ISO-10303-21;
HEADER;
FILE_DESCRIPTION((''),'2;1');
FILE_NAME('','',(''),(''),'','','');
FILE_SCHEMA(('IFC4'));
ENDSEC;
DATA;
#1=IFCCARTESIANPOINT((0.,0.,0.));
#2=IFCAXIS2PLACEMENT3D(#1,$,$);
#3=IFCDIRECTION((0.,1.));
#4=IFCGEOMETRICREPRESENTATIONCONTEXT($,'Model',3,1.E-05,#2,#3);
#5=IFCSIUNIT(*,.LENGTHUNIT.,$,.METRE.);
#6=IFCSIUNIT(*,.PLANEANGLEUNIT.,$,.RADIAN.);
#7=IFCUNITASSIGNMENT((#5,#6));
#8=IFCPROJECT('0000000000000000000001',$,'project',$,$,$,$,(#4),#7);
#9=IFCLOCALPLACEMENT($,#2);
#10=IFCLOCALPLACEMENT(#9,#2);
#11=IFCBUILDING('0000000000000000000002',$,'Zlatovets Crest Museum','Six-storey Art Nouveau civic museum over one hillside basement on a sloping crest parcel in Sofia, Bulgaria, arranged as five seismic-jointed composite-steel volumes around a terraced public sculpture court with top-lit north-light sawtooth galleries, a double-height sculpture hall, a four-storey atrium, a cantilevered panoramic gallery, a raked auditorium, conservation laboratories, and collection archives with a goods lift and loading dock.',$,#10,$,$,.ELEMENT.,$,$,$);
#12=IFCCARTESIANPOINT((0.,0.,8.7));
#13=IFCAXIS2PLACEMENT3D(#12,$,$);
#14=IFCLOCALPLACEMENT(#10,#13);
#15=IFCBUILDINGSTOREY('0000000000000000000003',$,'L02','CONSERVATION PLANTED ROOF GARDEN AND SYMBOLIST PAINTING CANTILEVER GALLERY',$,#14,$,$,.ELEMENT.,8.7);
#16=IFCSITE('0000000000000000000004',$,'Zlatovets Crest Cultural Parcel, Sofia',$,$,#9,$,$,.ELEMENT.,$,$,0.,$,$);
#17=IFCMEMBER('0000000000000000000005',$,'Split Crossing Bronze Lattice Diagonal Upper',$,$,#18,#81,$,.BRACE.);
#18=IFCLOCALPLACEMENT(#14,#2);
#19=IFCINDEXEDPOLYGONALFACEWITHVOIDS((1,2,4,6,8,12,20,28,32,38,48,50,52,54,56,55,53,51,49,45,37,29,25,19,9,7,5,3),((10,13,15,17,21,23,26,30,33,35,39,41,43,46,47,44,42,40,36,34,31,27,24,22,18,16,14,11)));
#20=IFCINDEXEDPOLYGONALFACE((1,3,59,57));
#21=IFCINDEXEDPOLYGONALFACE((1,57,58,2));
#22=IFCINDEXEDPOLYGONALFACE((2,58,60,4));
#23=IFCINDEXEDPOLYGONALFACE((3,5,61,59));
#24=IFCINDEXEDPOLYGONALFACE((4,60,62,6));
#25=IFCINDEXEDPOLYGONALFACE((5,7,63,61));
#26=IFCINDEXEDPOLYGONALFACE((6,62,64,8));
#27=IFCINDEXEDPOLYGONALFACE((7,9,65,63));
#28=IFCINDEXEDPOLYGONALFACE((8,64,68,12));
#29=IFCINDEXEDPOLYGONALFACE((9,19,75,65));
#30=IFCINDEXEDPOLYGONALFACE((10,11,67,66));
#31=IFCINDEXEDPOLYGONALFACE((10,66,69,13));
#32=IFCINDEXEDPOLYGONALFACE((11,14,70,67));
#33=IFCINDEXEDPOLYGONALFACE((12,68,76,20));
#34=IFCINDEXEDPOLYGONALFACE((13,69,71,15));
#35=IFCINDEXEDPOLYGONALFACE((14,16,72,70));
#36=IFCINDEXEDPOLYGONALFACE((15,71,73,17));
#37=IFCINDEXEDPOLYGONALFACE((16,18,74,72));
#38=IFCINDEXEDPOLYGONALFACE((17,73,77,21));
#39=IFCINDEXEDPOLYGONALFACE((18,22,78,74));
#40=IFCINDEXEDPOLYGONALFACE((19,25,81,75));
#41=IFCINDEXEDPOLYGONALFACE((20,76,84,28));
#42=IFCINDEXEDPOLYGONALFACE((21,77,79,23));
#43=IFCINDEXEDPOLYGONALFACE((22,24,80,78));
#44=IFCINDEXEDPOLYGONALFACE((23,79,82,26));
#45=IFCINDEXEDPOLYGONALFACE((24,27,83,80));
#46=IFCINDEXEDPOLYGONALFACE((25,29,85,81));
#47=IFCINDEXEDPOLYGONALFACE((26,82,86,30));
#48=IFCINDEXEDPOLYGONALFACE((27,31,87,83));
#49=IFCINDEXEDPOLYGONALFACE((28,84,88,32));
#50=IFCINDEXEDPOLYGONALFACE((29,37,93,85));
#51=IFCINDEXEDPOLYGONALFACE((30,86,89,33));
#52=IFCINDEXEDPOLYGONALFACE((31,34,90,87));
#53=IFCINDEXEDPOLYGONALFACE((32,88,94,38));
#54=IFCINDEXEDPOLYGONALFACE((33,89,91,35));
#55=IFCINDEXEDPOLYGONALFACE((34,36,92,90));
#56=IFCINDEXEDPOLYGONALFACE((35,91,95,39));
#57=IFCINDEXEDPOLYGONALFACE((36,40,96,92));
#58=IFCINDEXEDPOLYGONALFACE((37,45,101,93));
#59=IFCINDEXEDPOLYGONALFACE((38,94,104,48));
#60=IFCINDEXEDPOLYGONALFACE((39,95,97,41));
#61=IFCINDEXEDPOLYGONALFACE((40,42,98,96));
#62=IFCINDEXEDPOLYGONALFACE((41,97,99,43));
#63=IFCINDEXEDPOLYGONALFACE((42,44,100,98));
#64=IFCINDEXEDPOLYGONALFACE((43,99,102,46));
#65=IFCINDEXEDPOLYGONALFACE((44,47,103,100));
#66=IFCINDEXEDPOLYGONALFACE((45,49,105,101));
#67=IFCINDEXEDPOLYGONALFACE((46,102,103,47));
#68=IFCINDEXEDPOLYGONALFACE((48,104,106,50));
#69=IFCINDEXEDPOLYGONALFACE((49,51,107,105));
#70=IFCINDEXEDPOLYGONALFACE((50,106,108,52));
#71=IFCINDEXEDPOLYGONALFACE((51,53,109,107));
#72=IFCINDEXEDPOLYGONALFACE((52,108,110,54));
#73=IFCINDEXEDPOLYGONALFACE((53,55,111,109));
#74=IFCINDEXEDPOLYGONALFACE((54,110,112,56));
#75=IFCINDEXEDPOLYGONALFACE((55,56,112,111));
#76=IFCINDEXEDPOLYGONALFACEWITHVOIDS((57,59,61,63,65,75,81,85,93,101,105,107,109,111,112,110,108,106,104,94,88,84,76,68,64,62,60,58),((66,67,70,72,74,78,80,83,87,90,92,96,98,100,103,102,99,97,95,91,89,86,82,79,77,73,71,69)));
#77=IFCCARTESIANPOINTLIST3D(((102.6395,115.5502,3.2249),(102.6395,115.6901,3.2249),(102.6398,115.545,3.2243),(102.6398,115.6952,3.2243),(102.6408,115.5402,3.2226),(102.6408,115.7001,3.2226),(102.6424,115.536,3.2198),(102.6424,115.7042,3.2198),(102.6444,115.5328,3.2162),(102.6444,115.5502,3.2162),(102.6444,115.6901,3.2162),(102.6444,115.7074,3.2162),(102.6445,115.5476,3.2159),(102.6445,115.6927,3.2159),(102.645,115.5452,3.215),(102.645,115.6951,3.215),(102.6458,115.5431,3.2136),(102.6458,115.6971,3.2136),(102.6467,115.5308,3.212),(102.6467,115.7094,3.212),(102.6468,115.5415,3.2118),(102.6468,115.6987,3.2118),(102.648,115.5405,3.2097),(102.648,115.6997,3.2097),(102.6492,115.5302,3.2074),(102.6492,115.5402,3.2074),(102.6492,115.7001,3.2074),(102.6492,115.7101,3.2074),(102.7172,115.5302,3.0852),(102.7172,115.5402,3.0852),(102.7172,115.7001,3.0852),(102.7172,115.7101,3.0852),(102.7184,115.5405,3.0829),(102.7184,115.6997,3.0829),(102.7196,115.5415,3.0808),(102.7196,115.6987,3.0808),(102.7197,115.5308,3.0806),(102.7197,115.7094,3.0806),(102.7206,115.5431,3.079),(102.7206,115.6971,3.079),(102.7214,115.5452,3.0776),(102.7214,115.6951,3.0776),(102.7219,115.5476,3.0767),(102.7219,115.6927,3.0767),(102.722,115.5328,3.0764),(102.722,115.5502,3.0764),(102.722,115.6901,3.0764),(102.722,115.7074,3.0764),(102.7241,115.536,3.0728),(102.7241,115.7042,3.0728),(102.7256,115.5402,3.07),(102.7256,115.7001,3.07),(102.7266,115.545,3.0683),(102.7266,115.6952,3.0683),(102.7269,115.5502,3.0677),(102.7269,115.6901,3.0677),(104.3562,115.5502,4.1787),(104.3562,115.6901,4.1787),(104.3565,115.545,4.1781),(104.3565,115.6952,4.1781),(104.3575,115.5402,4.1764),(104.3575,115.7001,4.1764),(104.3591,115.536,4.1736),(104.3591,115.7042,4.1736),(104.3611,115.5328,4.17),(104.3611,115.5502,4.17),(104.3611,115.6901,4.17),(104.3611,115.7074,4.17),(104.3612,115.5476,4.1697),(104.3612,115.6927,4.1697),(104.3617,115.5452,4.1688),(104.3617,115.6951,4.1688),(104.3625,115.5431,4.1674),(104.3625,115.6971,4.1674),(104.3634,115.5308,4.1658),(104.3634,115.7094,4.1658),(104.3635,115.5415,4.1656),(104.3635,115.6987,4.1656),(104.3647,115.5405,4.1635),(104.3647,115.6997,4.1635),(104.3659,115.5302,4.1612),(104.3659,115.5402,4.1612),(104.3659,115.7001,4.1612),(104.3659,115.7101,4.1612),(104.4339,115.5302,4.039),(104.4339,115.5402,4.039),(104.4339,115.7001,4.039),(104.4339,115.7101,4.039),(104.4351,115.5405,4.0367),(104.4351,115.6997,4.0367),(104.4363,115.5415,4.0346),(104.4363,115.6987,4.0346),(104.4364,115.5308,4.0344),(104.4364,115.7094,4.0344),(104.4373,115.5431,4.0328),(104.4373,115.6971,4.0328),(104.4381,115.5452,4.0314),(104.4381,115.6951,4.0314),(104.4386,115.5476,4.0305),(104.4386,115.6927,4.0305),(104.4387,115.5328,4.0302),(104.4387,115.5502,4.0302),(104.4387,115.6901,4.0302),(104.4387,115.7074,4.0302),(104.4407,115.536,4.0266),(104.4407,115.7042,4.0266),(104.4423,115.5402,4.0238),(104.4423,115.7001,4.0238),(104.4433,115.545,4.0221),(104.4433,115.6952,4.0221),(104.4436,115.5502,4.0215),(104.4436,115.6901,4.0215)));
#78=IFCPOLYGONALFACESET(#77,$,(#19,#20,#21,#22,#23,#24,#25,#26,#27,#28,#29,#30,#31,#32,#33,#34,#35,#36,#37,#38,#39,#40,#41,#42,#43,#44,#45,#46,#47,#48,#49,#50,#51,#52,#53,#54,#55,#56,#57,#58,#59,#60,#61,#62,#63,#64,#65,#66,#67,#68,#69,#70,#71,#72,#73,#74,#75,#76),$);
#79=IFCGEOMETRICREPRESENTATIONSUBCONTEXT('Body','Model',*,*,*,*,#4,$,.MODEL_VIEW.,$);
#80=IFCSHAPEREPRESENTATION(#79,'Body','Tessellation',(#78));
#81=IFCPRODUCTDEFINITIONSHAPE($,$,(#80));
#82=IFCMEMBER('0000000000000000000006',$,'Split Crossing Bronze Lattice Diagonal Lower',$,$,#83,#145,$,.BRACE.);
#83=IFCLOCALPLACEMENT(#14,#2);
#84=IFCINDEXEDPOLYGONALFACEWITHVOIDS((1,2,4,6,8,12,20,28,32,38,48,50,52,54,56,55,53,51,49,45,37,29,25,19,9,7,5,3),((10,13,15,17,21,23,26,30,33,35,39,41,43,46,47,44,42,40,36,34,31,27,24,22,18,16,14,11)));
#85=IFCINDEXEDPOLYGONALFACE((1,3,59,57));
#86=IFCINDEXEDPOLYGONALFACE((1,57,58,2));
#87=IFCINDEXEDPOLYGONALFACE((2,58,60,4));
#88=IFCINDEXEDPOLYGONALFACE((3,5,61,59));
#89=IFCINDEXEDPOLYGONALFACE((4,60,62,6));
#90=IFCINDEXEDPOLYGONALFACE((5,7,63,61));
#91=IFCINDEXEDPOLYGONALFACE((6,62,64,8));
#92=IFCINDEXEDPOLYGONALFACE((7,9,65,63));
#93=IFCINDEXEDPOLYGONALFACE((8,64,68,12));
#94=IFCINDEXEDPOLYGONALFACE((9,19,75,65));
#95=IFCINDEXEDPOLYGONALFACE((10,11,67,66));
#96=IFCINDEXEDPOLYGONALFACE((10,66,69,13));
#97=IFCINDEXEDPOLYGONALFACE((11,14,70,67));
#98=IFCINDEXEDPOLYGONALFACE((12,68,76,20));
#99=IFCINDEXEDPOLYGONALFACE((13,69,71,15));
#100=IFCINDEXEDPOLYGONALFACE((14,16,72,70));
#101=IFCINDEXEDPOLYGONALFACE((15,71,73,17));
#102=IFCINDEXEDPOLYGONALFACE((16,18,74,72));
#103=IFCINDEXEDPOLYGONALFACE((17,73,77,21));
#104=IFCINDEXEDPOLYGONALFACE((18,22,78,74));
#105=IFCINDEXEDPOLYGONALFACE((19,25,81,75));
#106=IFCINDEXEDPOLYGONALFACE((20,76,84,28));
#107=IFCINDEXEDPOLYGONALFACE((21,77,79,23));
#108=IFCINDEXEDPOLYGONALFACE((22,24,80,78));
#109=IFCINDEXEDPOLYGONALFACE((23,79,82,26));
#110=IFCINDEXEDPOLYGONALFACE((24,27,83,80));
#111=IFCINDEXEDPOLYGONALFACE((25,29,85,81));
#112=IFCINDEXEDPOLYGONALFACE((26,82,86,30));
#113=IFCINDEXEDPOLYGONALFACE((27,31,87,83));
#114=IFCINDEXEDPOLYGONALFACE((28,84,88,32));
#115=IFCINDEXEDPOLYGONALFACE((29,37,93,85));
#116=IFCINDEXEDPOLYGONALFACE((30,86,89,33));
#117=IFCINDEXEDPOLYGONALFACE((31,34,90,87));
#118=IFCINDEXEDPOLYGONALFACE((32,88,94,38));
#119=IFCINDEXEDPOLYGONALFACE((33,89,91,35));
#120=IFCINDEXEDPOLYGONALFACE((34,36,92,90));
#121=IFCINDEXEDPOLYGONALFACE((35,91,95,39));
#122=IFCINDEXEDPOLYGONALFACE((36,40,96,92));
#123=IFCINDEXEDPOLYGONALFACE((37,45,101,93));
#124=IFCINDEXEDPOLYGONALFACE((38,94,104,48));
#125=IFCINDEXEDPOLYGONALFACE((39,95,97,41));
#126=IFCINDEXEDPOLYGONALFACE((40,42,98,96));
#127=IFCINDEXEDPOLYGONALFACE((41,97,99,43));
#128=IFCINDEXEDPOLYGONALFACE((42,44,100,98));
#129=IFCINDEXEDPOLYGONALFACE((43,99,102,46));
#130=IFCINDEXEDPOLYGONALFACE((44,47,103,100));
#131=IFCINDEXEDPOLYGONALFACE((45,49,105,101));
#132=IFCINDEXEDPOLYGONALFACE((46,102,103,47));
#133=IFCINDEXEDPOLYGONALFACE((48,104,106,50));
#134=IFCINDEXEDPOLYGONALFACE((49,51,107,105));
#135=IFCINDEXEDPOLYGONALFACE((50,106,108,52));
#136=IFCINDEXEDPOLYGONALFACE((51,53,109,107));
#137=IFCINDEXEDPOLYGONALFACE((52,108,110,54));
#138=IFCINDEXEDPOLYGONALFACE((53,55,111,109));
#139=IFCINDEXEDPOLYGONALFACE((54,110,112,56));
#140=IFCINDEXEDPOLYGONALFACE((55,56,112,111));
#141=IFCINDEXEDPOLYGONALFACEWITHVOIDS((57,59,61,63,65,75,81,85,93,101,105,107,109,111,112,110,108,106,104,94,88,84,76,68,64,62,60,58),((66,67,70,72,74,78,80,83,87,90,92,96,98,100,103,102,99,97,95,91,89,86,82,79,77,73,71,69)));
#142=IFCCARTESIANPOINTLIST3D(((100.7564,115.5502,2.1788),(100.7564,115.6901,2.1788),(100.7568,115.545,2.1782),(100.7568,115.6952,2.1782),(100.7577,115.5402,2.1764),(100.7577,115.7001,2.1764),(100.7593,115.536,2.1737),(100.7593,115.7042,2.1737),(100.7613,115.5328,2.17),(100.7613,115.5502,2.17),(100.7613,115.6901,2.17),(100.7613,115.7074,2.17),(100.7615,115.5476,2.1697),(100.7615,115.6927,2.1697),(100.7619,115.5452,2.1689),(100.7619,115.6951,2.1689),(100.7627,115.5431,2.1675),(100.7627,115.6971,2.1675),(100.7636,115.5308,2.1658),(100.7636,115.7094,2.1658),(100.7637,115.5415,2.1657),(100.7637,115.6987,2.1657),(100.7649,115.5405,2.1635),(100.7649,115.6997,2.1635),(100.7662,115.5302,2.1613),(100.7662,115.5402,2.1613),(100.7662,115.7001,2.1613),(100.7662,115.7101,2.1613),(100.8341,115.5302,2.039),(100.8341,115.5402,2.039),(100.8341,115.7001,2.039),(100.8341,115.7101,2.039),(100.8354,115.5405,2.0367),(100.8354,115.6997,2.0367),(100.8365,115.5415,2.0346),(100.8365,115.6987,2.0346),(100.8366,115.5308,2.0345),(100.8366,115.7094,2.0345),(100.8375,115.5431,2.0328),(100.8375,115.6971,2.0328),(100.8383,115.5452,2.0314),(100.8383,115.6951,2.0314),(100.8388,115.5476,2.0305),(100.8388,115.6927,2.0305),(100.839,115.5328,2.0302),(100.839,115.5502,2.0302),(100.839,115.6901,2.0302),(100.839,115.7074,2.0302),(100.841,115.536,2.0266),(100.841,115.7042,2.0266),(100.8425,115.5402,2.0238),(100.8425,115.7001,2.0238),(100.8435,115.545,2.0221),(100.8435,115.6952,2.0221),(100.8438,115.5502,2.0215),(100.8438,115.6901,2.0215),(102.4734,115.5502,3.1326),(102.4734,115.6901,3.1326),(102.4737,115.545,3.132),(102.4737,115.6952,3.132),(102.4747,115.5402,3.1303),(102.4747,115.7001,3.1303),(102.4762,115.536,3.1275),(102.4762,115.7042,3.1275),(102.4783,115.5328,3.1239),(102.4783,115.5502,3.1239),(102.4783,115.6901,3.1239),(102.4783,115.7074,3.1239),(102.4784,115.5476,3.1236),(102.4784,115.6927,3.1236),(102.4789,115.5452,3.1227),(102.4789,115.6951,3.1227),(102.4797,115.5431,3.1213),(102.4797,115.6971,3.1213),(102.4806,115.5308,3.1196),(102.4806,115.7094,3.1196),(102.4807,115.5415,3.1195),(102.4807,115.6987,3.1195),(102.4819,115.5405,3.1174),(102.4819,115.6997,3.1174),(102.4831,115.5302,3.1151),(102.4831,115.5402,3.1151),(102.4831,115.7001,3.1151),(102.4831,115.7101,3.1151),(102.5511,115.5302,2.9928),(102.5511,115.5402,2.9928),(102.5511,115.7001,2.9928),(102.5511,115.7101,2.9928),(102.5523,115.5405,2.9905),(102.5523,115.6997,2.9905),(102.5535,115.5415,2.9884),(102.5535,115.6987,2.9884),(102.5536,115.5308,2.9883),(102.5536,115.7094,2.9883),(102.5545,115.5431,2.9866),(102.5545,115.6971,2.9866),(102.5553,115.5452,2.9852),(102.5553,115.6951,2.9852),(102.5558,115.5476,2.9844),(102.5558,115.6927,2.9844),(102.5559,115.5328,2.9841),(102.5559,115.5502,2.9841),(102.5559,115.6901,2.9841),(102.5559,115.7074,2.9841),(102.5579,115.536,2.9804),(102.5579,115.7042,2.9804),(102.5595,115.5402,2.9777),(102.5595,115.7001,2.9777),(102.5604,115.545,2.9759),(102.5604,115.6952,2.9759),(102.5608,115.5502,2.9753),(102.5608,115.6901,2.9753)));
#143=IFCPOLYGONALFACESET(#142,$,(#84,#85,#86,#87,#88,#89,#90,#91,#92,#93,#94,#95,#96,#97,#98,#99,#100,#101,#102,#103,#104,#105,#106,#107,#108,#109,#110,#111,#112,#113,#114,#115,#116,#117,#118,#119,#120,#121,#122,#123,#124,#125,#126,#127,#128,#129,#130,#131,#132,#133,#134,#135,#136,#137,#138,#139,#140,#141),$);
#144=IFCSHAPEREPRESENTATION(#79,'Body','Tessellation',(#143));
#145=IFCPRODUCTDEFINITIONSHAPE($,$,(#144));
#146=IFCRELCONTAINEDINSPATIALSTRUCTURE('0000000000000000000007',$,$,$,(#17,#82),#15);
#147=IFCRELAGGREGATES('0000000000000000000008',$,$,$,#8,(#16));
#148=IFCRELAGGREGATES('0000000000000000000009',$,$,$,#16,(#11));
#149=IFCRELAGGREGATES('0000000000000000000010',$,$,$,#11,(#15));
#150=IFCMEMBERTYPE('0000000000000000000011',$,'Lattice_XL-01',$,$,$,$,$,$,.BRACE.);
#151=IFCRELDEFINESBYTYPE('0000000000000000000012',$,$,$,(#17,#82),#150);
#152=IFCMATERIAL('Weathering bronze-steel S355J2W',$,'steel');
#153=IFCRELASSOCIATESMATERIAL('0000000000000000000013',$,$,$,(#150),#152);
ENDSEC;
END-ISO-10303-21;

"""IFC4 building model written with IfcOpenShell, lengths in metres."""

from ifc_helpers import new_model, si_unit, direction, frame, origin, origin_2d, place, context, subcontext, project, spatial, hollow_rectangle, extrude, material, material_profile, profile_set, type_object, element, save


model = new_model("IFC4")

# Units and contexts
model_context = context("Model", 3, precision=1e-05, world=origin(), true_north=direction((0.0, 1.0)))
body_context = subcontext(model_context, "Body", "Model", "MODEL_VIEW")
ifc_project = project(units=[si_unit("LENGTHUNIT", "METRE"), si_unit("PLANEANGLEUNIT", "RADIAN")], contexts=[model_context])

# Site, building, storey
site_placement = place(None, origin())
site = spatial("IfcSite", under=ifc_project, at=site_placement, Name="Zlatovets Crest Cultural Parcel, Sofia", CompositionType="ELEMENT", RefElevation=0.0)
building_placement = place(site_placement, origin())
building = spatial("IfcBuilding", under=site, at=building_placement, Name="Zlatovets Crest Museum", Description="Six-storey Art Nouveau civic museum over one hillside basement on a sloping crest parcel in Sofia, Bulgaria, arranged as five seismic-jointed composite-steel volumes around a terraced public sculpture court with top-lit north-light sawtooth galleries, a double-height sculpture hall, a four-storey atrium, a cantilevered panoramic gallery, a raked auditorium, conservation laboratories, and collection archives with a goods lift and loading dock.", CompositionType="ELEMENT")
storey_placement = place(building_placement, frame((0.0, 0.0, 8.7)))
storey = spatial("IfcBuildingStorey", under=building, at=storey_placement, Name="L02", Description="CONSERVATION PLANTED ROOF GARDEN AND SYMBOLIST PAINTING CANTILEVER GALLERY", CompositionType="ELEMENT", Elevation=8.7)

# Members
ifc_material_1 = material(Name="Weathering bronze-steel S355J2W", Category="steel")
ifc_material_profile_1 = material_profile(ifc_material_1, hollow_rectangle(XDim=0.1799, YDim=0.1799, WallThickness=0.01, InnerFilletRadius=0.01, OuterFilletRadius=0.02, at=origin_2d()), Name="SHS 180x180x10.0")
ifc_profile_set_1 = profile_set([ifc_material_profile_1], Name="Weathering bronze-steel S355J2W")
member_type_1 = type_object("IfcMemberType", Name="Lattice_XL-01", PredefinedType="BRACE", material=ifc_profile_set_1)
member_1_placement = place(storey_placement, frame((104.3999, 115.6201, 4.1001), z_axis=(-0.87414, 0.0, -0.485675), x_axis=(0.0, -1.0, 0.0)))
element("IfcMember", 1, at=member_1_placement, inside=storey, type_object=member_type_1, Name="Split Crossing Bronze Lattice Diagonal Upper", PredefinedType="BRACE", context=body_context, shape_type="SweptSolid", body=[
    extrude(hollow_rectangle(XDim=0.1799, YDim=0.1799, WallThickness=0.01, InnerFilletRadius=0.01, OuterFilletRadius=0.02, at=origin_2d()), origin(), (0.0, 0.0, 1.0), 1.9639),
])
member_2_placement = place(storey_placement, frame((102.5171, 115.6201, 3.054), z_axis=(-0.874169, 0.0, -0.485622), x_axis=(0.0, -1.0, 0.0)))
element("IfcMember", 2, at=member_2_placement, inside=storey, type_object=member_type_1, Name="Split Crossing Bronze Lattice Diagonal Lower", PredefinedType="BRACE", context=body_context, shape_type="SweptSolid", body=[
    extrude(hollow_rectangle(XDim=0.1799, YDim=0.1799, WallThickness=0.01, InnerFilletRadius=0.01, OuterFilletRadius=0.02, at=origin_2d()), origin(), (0.0, 0.0, 1.0), 1.9641),
])

save(model, "model.ifc")
